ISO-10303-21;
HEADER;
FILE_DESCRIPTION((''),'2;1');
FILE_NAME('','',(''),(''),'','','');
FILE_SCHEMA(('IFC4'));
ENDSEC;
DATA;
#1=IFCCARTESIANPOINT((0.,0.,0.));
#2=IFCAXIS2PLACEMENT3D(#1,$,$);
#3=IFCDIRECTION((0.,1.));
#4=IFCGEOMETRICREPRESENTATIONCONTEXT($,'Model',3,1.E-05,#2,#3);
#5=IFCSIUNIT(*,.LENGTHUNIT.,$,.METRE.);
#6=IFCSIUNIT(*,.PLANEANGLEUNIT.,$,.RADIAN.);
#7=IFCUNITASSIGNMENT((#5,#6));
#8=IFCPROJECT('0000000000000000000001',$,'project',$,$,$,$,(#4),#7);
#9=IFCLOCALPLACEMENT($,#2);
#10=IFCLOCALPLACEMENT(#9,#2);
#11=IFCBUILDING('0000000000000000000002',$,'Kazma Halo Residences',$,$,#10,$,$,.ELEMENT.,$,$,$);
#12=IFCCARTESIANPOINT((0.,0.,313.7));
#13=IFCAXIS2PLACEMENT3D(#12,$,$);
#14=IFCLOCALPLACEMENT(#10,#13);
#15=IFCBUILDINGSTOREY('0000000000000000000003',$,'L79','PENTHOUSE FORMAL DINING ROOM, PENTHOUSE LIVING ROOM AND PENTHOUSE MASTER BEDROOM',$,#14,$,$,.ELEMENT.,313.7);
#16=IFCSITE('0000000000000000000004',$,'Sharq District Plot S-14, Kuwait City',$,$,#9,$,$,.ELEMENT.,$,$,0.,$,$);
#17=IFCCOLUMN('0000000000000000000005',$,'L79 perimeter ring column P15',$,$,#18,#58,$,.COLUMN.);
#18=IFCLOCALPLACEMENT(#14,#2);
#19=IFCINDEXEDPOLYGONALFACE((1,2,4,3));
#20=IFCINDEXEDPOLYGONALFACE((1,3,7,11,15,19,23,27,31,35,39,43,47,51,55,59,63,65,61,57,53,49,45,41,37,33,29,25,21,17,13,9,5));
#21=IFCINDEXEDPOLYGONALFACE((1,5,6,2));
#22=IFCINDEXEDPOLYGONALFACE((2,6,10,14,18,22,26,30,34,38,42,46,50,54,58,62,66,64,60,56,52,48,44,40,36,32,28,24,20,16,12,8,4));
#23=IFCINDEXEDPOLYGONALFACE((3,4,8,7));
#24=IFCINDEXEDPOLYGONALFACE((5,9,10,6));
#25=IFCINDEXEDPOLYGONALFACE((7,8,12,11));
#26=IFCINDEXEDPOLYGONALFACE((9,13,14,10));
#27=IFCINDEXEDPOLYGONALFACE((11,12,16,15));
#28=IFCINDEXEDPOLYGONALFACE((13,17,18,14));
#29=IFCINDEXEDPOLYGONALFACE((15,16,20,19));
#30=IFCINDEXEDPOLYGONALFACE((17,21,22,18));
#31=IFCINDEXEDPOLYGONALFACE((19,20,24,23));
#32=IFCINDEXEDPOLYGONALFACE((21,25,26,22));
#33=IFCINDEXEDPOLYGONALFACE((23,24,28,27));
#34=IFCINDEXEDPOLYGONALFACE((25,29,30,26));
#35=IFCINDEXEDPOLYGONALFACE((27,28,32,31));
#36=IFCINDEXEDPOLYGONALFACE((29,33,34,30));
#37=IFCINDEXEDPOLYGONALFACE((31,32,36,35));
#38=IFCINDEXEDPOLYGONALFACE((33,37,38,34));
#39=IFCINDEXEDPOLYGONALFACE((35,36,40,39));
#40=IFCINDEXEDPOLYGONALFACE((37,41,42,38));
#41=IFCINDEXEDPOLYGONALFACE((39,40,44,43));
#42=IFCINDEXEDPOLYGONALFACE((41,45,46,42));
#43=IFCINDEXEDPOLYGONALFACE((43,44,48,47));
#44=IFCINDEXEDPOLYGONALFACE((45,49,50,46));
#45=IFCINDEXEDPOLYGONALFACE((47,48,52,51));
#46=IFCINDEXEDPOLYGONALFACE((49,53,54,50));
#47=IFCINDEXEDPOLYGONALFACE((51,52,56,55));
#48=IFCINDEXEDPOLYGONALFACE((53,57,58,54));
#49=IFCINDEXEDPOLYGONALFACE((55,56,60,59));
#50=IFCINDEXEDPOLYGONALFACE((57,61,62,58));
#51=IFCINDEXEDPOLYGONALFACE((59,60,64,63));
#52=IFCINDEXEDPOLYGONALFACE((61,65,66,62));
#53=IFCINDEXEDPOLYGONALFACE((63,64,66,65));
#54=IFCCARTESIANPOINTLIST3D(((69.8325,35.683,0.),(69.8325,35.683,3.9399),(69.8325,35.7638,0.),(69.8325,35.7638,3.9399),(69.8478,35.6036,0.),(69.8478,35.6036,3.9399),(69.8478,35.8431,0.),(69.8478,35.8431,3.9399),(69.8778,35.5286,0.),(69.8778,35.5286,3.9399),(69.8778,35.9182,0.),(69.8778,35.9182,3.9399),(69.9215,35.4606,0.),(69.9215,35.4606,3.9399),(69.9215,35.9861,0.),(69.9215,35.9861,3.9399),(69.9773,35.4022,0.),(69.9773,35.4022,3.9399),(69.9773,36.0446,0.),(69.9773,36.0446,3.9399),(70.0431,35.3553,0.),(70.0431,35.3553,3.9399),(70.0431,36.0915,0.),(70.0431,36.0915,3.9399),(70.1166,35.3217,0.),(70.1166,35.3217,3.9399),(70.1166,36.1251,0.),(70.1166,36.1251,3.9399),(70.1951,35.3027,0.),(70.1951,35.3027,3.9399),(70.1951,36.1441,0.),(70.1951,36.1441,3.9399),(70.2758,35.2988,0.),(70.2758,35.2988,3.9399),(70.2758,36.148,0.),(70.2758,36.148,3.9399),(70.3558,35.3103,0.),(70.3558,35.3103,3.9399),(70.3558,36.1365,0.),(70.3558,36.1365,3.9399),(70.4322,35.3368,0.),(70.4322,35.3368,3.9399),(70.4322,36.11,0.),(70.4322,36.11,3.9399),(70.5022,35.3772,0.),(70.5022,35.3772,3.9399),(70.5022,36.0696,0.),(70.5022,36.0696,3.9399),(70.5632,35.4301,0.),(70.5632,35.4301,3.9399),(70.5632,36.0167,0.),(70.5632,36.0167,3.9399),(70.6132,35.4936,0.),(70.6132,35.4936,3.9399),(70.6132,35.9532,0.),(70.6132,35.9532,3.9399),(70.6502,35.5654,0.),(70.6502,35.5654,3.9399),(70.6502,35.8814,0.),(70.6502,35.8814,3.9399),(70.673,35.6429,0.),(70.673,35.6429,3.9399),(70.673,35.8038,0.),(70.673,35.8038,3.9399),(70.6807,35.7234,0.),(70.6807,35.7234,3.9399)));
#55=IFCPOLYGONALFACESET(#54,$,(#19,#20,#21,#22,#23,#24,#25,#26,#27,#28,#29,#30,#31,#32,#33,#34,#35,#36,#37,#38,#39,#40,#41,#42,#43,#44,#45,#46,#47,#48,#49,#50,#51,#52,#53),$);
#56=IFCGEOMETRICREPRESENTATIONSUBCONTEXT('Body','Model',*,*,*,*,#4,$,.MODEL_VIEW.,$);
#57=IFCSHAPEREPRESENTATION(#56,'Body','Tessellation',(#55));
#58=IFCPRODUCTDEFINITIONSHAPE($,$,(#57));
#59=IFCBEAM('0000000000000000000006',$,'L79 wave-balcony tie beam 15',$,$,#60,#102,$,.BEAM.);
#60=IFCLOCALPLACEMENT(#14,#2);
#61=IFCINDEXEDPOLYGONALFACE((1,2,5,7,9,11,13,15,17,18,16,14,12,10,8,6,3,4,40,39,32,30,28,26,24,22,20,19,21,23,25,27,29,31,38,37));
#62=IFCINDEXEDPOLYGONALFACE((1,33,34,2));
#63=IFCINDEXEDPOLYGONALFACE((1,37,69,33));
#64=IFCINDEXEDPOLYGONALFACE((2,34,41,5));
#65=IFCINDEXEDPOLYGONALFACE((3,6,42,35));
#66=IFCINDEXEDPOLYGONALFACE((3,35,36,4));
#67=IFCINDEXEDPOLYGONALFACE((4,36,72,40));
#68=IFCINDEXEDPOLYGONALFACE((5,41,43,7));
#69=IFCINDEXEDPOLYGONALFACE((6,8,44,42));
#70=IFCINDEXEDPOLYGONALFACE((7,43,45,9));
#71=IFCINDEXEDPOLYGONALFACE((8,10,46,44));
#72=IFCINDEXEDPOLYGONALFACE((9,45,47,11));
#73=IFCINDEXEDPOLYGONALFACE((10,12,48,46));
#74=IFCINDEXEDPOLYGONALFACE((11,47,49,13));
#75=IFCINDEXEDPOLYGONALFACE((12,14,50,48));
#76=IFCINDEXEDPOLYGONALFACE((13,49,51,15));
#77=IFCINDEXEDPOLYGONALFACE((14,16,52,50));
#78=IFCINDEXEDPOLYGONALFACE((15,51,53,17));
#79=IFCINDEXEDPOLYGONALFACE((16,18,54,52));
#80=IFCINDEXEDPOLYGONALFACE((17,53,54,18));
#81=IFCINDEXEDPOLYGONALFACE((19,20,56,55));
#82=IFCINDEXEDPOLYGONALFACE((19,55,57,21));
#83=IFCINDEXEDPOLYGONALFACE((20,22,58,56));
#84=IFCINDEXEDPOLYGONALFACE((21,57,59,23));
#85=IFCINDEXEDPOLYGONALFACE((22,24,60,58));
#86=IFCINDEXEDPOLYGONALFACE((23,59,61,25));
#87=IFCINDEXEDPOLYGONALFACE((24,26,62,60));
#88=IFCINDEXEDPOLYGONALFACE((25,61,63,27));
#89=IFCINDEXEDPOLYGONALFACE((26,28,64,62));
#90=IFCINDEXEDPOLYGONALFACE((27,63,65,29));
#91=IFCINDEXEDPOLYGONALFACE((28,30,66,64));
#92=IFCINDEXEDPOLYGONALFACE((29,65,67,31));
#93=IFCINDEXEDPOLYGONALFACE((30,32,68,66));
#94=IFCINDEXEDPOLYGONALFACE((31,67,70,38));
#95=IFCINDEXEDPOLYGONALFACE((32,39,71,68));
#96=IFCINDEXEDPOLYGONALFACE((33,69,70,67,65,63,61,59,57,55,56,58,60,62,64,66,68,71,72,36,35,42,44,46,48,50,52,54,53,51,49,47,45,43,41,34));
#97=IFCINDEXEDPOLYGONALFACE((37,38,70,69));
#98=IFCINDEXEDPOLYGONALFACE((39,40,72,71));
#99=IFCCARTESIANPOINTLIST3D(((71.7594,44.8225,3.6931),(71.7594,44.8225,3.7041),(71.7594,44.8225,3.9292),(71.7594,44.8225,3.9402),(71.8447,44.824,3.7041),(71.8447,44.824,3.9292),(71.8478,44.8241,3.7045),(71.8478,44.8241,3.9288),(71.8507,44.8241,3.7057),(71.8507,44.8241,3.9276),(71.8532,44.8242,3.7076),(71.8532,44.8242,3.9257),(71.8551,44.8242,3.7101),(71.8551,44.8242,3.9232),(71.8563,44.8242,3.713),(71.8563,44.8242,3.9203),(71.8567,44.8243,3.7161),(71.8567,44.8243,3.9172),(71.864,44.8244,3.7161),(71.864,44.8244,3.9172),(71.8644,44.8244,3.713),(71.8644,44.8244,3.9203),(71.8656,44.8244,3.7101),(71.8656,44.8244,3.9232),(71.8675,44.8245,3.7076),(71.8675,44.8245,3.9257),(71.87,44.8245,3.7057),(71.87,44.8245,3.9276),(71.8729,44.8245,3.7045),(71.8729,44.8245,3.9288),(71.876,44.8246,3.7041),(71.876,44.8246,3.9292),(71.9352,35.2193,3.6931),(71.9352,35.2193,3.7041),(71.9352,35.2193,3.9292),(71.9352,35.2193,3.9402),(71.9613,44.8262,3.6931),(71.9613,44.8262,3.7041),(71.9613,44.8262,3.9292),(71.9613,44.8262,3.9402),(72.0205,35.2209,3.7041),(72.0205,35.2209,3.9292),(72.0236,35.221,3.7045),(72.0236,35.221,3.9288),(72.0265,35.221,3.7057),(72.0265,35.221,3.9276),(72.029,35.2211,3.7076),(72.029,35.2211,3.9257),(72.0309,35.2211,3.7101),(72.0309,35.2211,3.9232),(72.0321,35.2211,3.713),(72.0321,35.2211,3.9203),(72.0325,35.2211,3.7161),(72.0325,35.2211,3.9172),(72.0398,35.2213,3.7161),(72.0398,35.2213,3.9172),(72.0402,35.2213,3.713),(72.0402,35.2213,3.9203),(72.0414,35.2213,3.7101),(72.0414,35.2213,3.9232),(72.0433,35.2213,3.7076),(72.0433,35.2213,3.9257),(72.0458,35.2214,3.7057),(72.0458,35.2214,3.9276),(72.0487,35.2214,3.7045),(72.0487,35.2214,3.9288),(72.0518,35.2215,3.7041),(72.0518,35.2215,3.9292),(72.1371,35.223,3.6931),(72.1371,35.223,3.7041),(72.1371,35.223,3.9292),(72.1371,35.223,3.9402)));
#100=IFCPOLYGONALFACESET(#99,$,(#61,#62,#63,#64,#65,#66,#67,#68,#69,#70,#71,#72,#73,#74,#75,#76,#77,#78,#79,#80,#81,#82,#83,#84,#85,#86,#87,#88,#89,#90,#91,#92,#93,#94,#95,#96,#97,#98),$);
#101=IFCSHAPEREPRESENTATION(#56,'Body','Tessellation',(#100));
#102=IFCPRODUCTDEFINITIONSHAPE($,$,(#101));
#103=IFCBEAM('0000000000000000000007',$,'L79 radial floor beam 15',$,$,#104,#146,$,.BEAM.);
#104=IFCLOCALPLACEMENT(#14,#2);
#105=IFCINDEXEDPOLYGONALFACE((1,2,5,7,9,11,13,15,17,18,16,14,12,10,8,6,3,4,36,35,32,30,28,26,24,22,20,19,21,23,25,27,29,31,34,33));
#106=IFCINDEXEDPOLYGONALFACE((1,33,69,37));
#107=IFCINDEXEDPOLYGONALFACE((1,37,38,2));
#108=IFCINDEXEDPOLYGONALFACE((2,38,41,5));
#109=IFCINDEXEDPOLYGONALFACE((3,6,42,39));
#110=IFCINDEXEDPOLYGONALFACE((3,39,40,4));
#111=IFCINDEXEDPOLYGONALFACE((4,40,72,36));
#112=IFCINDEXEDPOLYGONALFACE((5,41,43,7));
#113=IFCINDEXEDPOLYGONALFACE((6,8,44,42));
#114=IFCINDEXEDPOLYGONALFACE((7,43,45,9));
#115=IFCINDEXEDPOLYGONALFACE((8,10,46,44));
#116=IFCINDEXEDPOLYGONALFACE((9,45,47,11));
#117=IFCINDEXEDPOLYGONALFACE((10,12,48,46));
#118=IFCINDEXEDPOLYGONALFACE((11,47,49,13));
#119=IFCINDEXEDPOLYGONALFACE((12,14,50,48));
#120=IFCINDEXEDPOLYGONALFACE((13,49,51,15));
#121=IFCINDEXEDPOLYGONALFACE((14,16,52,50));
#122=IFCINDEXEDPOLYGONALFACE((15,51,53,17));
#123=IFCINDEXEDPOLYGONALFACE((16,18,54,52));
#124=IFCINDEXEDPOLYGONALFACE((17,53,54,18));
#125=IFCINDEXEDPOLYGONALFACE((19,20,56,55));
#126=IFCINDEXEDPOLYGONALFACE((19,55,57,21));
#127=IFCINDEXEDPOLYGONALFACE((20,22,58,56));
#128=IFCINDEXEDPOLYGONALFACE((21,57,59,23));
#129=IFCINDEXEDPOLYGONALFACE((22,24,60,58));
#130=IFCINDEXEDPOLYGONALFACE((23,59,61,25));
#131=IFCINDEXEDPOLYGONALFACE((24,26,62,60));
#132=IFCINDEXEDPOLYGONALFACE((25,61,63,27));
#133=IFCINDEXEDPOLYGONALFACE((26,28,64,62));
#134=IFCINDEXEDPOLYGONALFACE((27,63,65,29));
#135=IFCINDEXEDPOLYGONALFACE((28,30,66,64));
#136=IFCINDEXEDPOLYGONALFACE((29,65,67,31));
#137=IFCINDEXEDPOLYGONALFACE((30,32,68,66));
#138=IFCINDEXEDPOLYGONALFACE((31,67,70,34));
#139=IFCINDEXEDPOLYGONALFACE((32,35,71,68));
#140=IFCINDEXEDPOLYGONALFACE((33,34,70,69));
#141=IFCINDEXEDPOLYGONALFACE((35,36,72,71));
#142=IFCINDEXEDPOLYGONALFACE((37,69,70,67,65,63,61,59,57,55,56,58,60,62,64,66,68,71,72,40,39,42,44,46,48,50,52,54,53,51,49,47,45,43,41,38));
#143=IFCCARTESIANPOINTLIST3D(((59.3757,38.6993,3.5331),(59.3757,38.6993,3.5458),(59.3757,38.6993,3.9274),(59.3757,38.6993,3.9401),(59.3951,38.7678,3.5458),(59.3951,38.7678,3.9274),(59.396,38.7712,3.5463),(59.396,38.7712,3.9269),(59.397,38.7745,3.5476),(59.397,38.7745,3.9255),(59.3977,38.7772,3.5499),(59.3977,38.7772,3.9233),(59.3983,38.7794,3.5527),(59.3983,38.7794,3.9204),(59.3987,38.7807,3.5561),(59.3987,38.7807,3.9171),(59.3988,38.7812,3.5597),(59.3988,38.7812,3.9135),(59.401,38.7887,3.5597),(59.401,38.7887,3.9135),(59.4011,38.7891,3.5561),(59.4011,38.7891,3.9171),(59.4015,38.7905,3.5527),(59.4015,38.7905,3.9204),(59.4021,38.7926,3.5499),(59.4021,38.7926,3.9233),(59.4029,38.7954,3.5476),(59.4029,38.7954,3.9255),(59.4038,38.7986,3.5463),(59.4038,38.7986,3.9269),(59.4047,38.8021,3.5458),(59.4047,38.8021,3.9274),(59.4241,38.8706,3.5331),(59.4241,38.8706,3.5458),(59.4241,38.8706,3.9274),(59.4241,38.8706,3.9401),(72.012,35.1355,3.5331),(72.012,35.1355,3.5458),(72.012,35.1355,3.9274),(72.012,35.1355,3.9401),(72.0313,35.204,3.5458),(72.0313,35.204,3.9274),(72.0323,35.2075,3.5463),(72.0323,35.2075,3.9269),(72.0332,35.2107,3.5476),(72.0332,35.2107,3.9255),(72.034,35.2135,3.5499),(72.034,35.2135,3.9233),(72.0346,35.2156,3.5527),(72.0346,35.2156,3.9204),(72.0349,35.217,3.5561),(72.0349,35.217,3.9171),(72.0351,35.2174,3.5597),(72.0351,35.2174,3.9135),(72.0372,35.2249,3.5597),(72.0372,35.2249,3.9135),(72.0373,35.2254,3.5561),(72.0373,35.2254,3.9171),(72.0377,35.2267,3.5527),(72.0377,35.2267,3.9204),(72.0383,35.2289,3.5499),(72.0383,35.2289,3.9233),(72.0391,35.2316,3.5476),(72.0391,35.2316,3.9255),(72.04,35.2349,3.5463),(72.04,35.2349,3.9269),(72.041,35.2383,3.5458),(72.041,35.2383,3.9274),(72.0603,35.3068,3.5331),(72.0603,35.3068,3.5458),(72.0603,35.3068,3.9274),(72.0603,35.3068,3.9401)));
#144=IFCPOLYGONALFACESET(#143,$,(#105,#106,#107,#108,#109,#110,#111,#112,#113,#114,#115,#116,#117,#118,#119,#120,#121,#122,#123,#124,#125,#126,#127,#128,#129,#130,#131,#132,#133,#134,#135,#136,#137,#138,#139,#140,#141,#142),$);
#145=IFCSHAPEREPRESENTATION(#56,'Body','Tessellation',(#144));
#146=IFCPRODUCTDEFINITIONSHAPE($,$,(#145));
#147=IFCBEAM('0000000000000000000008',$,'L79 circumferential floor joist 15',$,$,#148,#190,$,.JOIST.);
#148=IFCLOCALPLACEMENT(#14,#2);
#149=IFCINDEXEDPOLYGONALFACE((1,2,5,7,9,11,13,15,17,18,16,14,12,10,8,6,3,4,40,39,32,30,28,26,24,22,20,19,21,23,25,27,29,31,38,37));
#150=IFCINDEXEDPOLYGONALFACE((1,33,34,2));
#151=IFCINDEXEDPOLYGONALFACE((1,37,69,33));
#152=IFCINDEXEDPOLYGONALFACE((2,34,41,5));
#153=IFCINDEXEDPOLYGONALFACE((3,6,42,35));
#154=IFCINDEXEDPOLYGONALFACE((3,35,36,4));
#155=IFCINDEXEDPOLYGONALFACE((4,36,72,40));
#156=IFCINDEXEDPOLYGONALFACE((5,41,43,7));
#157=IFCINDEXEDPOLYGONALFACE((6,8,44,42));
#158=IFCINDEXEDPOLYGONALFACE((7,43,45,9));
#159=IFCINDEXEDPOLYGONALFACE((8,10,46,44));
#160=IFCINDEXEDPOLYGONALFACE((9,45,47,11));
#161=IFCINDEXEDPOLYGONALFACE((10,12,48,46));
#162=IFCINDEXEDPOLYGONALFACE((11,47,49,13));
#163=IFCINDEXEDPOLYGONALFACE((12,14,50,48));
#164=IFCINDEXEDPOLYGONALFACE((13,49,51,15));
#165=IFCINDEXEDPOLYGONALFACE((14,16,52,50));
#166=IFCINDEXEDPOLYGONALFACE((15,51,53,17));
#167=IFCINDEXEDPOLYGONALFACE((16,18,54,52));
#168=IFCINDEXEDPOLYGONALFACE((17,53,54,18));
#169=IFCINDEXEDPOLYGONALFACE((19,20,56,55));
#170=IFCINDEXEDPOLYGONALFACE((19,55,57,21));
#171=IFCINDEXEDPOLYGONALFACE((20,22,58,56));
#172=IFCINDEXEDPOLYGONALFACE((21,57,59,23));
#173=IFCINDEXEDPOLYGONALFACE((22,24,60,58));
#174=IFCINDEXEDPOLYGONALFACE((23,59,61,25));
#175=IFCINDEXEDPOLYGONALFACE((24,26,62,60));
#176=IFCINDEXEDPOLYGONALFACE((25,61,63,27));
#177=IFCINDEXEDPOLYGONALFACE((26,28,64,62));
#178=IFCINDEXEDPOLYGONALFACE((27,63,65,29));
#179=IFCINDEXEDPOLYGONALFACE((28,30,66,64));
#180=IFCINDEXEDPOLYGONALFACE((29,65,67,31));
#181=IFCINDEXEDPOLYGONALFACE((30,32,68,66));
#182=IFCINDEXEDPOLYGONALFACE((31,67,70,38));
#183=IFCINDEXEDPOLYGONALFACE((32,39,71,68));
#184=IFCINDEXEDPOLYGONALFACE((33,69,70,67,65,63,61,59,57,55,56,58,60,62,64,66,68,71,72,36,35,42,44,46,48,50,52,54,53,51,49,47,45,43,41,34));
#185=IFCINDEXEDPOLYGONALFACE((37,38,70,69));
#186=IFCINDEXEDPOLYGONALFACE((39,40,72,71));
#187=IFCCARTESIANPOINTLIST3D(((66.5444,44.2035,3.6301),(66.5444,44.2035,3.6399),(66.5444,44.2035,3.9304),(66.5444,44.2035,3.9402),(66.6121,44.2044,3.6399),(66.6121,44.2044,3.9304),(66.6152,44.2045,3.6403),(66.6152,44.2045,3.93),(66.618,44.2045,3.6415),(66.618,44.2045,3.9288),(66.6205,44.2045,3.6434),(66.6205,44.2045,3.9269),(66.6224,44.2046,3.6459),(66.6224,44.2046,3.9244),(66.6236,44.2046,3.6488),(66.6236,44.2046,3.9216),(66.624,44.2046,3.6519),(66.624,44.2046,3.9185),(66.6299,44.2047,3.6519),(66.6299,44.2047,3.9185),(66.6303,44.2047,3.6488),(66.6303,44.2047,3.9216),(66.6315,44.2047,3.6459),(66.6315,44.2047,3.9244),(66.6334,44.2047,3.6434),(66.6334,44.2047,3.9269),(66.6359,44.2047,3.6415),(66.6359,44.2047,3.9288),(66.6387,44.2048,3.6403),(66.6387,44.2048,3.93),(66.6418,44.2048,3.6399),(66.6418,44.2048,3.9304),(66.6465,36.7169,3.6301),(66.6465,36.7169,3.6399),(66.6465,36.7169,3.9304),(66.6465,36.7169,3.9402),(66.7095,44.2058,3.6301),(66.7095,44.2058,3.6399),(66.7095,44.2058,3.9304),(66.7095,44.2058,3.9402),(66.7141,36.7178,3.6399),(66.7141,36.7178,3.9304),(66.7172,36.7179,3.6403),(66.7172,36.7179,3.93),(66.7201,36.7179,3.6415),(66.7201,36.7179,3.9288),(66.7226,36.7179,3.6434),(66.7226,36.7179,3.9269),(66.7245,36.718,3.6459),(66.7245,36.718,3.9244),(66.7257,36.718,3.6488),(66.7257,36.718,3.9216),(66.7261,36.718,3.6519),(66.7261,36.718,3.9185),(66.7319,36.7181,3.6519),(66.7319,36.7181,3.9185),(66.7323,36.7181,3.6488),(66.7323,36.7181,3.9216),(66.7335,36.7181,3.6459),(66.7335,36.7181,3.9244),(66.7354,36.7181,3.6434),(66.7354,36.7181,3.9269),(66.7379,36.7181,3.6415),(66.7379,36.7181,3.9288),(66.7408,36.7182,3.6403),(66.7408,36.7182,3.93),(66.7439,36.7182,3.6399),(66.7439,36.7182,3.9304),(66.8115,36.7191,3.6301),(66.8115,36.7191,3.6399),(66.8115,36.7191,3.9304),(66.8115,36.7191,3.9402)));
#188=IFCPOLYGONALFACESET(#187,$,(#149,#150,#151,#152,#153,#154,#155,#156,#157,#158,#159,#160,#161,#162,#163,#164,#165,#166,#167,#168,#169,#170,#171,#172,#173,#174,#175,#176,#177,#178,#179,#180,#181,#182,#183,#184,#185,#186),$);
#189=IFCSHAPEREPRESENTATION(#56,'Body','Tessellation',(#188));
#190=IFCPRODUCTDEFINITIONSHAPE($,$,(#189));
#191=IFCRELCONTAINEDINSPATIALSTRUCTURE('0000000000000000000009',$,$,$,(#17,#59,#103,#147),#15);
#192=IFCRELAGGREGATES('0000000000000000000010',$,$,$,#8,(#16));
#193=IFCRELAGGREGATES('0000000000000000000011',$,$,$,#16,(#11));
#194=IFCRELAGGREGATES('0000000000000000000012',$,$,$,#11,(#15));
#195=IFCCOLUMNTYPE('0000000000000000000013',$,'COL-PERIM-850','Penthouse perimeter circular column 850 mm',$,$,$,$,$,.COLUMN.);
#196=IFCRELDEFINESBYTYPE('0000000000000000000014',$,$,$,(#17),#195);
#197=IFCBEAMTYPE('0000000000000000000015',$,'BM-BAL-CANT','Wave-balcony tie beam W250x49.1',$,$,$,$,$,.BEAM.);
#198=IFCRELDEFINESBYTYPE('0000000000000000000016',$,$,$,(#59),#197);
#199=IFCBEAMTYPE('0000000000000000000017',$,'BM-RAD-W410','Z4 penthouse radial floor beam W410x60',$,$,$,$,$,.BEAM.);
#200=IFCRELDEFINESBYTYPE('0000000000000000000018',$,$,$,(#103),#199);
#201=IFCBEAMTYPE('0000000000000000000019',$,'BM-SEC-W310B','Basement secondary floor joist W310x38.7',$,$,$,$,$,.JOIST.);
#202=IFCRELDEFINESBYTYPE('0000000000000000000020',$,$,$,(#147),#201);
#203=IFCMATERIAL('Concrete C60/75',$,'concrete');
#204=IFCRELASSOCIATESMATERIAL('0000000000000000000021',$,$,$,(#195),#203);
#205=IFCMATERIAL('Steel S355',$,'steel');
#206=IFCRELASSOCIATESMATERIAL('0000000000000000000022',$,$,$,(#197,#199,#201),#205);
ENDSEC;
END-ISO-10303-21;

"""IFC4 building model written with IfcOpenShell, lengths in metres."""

from ifc_helpers import new_model, si_unit, direction, frame, origin, origin_2d, place, context, subcontext, project, spatial, circle, i_section, extrude, material, material_profile, profile_set, type_object, element, save


model = new_model("IFC4")

# Units and contexts
model_context = context("Model", 3, precision=1e-05, world=origin(), true_north=direction((0.0, 1.0)))
body_context = subcontext(model_context, "Body", "Model", "MODEL_VIEW")
ifc_project = project(units=[si_unit("LENGTHUNIT", "METRE"), si_unit("PLANEANGLEUNIT", "RADIAN")], contexts=[model_context])

# Site, building, storey
site_placement = place(None, origin())
site = spatial("IfcSite", under=ifc_project, at=site_placement, Name="Sharq District Plot S-14, Kuwait City", CompositionType="ELEMENT", RefElevation=0.0)
building_placement = place(site_placement, origin())
building = spatial("IfcBuilding", under=site, at=building_placement, Name="Kazma Halo Residences", CompositionType="ELEMENT")
storey_placement = place(building_placement, frame((0.0, 0.0, 313.7)))
storey = spatial("IfcBuildingStorey", under=building, at=storey_placement, Name="L79", Description="PENTHOUSE FORMAL DINING ROOM, PENTHOUSE LIVING ROOM AND PENTHOUSE MASTER BEDROOM", CompositionType="ELEMENT", Elevation=313.7)

# Column
ifc_material_1 = material(Name="Concrete C60/75", Category="concrete")
ifc_material_profile_1 = material_profile(ifc_material_1, circle(Radius=0.425, at=origin_2d()), Name="CIRC850")
ifc_profile_set_1 = profile_set([ifc_material_profile_1], Name="Concrete C60/75")
column_type = type_object("IfcColumnType", Name="COL-PERIM-850", Description="Penthouse perimeter circular column 850 mm", PredefinedType="COLUMN", material=ifc_profile_set_1)
column_placement = place(storey_placement, frame((70.2556, 35.7234, 0.0), z_axis=(0.0, 0.0, 1.0), x_axis=(1.0, 0.0, 0.0)))
element("IfcColumn", 1, at=column_placement, inside=storey, type_object=column_type, Name="L79 perimeter ring column P15", PredefinedType="COLUMN", context=body_context, shape_type="SweptSolid", body=[
    extrude(circle(Radius=0.425, at=origin_2d()), origin(), (0.0, 0.0, 1.0), 3.9399),
])

# Beams
ifc_material_2 = material(Name="Steel S355", Category="steel")
ifc_material_profile_2 = material_profile(ifc_material_2, i_section(OverallWidth=0.2019, OverallDepth=0.2471, WebThickness=0.0073, FlangeThickness=0.011, FilletRadius=0.012, at=origin_2d()), Name="W250x49.1")
ifc_profile_set_2 = profile_set([ifc_material_profile_2], Name="Steel S355")
beam_type_1 = type_object("IfcBeamType", Name="BM-BAL-CANT", Description="Wave-balcony tie beam W250x49.1", PredefinedType="BEAM", material=ifc_profile_set_2)
beam_1_placement = place(storey_placement, frame((72.0361, 35.2212, 3.8167), z_axis=(-0.018302, 0.999833, 0.0), x_axis=(-0.999833, -0.018302, 0.0)))
element("IfcBeam", 2, at=beam_1_placement, inside=storey, type_object=beam_type_1, Name="L79 wave-balcony tie beam 15", PredefinedType="BEAM", context=body_context, shape_type="SweptSolid", body=[
    extrude(i_section(OverallWidth=0.2019, OverallDepth=0.2471, WebThickness=0.0073, FlangeThickness=0.011, FilletRadius=0.012, at=origin_2d()), origin(), (0.0, 0.0, 1.0), 9.6047),
])
ifc_material_profile_3 = material_profile(ifc_material_2, i_section(OverallWidth=0.178, OverallDepth=0.407, WebThickness=0.0078, FlangeThickness=0.0127, FilletRadius=0.0139, at=origin_2d()), Name="W410x60")
ifc_profile_set_3 = profile_set([ifc_material_profile_3], Name="Steel S355")
beam_type_2 = type_object("IfcBeamType", Name="BM-RAD-W410", Description="Z4 penthouse radial floor beam W410x60", PredefinedType="BEAM", material=ifc_profile_set_3)
beam_2_placement = place(storey_placement, frame((59.3999, 38.7849, 3.7366), z_axis=(0.962457, -0.271436, 0.0), x_axis=(0.271436, 0.962457, 0.0)))
element("IfcBeam", 3, at=beam_2_placement, inside=storey, type_object=beam_type_2, Name="L79 radial floor beam 15", PredefinedType="BEAM", context=body_context, shape_type="SweptSolid", body=[
    extrude(i_section(OverallWidth=0.178, OverallDepth=0.407, WebThickness=0.0078, FlangeThickness=0.0127, FilletRadius=0.0139, at=origin_2d()), origin(), (0.0, 0.0, 1.0), 13.1292),
])
ifc_material_profile_4 = material_profile(ifc_material_2, i_section(OverallWidth=0.165, OverallDepth=0.3101, WebThickness=0.0059, FlangeThickness=0.0098, FilletRadius=0.012, at=origin_2d()), Name="W310x38.7")
ifc_profile_set_4 = profile_set([ifc_material_profile_4], Name="Steel S355")
beam_type_3 = type_object("IfcBeamType", Name="BM-SEC-W310B", Description="Basement secondary floor joist W310x38.7", PredefinedType="JOIST", material=ifc_profile_set_4)
beam_3_placement = place(storey_placement, frame((66.729, 36.718, 3.7852), z_axis=(-0.01363, 0.999907, 0.0), x_axis=(-0.999907, -0.01363, 0.0)))
element("IfcBeam", 4, at=beam_3_placement, inside=storey, type_object=beam_type_3, Name="L79 circumferential floor joist 15", PredefinedType="JOIST", context=body_context, shape_type="SweptSolid", body=[
    extrude(i_section(OverallWidth=0.165, OverallDepth=0.3101, WebThickness=0.0059, FlangeThickness=0.0098, FilletRadius=0.012, at=origin_2d()), origin(), (0.0, 0.0, 1.0), 7.4873),
])

save(model, "model.ifc")
